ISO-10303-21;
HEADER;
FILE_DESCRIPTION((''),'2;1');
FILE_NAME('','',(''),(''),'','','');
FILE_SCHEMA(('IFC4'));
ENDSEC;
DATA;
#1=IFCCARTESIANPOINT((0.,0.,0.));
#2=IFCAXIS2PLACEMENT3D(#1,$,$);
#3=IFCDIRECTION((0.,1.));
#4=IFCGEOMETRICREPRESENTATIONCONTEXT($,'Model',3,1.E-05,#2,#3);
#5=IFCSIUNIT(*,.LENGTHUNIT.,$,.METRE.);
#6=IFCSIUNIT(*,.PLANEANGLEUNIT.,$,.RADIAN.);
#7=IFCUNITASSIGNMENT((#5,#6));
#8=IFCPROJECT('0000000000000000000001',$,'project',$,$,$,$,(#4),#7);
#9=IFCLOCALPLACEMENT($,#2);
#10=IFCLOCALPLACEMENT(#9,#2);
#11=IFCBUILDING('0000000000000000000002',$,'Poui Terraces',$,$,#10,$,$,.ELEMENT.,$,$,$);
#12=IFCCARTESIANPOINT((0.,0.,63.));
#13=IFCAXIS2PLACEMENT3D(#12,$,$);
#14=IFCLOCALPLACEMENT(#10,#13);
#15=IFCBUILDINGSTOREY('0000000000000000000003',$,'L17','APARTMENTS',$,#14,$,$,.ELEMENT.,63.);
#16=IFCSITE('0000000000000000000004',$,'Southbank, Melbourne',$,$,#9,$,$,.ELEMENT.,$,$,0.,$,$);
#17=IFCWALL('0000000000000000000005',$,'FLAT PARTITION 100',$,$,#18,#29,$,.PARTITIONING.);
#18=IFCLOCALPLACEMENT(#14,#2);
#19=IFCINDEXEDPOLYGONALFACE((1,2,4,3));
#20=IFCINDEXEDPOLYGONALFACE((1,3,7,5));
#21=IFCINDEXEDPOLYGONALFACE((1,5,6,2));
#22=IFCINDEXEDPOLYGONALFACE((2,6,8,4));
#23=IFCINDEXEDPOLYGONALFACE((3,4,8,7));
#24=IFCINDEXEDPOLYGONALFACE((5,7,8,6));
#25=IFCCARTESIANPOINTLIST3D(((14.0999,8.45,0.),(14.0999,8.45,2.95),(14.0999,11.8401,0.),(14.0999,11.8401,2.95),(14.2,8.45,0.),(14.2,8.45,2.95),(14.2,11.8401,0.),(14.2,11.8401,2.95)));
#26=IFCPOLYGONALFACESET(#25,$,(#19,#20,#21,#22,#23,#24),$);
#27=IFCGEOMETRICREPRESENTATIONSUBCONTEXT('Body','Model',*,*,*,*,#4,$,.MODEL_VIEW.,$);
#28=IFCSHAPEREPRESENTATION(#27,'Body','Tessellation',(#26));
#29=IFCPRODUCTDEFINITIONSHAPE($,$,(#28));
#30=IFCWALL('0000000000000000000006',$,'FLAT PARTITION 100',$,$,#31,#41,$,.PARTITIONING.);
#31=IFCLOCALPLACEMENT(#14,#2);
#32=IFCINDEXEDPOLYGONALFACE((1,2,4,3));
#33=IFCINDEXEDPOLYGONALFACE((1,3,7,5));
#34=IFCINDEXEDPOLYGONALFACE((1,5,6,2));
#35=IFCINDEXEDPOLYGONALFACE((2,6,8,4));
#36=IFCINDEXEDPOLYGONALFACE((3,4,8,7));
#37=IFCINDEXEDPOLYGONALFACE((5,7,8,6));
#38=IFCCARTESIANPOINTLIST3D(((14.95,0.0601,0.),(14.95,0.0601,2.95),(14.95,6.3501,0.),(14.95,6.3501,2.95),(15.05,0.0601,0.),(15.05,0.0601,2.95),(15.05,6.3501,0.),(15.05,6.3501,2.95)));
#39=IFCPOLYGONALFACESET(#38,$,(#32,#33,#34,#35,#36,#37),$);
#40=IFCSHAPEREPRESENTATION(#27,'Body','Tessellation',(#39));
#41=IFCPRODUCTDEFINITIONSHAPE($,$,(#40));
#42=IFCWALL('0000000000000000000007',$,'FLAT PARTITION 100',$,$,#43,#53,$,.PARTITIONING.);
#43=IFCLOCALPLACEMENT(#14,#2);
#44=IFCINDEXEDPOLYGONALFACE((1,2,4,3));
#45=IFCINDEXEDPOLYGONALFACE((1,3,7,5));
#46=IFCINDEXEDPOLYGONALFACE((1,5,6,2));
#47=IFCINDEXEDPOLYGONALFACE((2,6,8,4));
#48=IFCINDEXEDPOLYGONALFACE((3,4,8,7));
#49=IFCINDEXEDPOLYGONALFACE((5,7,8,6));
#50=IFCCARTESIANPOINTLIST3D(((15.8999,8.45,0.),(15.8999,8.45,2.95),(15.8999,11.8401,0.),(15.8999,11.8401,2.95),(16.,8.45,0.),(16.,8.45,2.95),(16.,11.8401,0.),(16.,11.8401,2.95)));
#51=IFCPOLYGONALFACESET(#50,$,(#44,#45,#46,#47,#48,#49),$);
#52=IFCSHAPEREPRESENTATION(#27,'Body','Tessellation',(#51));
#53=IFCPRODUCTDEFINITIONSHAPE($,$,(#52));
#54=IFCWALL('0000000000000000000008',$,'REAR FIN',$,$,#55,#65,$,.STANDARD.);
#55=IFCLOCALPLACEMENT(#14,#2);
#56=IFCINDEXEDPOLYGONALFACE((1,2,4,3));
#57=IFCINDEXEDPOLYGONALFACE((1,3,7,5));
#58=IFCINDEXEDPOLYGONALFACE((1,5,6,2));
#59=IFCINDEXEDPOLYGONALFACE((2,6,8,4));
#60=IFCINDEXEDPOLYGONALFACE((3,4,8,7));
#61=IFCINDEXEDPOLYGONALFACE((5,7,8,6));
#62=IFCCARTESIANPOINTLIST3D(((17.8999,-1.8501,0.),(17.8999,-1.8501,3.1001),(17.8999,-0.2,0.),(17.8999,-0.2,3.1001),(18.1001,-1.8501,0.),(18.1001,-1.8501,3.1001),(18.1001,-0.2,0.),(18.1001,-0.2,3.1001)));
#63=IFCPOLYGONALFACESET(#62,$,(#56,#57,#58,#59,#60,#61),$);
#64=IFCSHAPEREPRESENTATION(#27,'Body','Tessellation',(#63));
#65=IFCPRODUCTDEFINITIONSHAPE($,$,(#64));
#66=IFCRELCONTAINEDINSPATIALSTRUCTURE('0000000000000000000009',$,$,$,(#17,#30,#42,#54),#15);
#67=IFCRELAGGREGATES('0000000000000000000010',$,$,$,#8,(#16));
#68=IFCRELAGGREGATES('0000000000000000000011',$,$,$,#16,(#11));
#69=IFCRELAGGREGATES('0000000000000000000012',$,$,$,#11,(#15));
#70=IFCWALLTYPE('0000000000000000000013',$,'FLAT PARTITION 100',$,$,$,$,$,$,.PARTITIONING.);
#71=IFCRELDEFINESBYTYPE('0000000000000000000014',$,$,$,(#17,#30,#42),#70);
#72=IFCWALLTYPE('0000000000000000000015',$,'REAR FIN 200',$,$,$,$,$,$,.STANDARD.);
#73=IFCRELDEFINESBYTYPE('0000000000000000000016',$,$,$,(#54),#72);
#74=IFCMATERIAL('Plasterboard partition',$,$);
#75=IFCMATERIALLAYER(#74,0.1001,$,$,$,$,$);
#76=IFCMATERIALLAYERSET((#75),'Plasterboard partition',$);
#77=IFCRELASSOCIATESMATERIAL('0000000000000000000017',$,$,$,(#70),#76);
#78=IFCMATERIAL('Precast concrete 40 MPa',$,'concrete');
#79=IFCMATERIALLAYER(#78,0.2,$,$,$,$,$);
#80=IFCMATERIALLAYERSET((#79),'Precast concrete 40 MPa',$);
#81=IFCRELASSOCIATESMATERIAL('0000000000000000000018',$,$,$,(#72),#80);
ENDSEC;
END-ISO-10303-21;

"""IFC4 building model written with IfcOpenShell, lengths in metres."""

from ifc_helpers import new_model, si_unit, direction, frame, frame_2d, origin, place, context, subcontext, project, spatial, polyline, rectangle, outline, extrude, source, transform, mapped, material, layer, layer_set, type_object, element, save


model = new_model("IFC4")

# Units and contexts
model_context = context("Model", 3, precision=1e-05, world=origin(), true_north=direction((0.0, 1.0)))
body_context = subcontext(model_context, "Body", "Model", "MODEL_VIEW")
ifc_project = project(units=[si_unit("LENGTHUNIT", "METRE"), si_unit("PLANEANGLEUNIT", "RADIAN")], contexts=[model_context])

# Site, building, storey
site_placement = place(None, origin())
site = spatial("IfcSite", under=ifc_project, at=site_placement, Name="Southbank, Melbourne", CompositionType="ELEMENT", RefElevation=0.0)
building_placement = place(site_placement, origin())
building = spatial("IfcBuilding", under=site, at=building_placement, Name="Poui Terraces", CompositionType="ELEMENT")
storey_placement = place(building_placement, frame((0.0, 0.0, 63.0)))
storey = spatial("IfcBuildingStorey", under=building, at=storey_placement, Name="L17", Description="APARTMENTS", CompositionType="ELEMENT", Elevation=63.0)

# Shared definitions
ifc_material_1 = material(Name="Precast concrete 40 MPa", Category="concrete")

# Shared definitions
ifc_material_2 = material(Name="Plasterboard partition")
ifc_layer_1 = layer(ifc_material_2, 0.1001)
ifc_layer_set_1 = layer_set([ifc_layer_1], Name="Plasterboard partition")
wall_type_1 = type_object("IfcWallType", Name="FLAT PARTITION 100", PredefinedType="PARTITIONING", material=ifc_layer_set_1)

# Walls
wall_1_placement = place(storey_placement, frame((14.1499, 8.45, 0.0), z_axis=(0.0, 0.0, 1.0), x_axis=(0.0, 1.0, 0.0)))
element("IfcWall", 1, at=wall_1_placement, inside=storey, type_object=wall_type_1, Name="FLAT PARTITION 100", PredefinedType="PARTITIONING", context=body_context, shape_type="SweptSolid", body=[
    extrude(rectangle(XDim=3.3901, YDim=0.1001, at=frame_2d((1.6951, 0.0))), origin(), (0.0, 0.0, 1.0), 2.95),
])
wall_2_placement = place(storey_placement, frame((15.0, 0.0601, 0.0), z_axis=(0.0, 0.0, 1.0), x_axis=(0.0, 1.0, 0.0)))
element("IfcWall", 2, at=wall_2_placement, inside=storey, type_object=wall_type_1, Name="FLAT PARTITION 100", PredefinedType="PARTITIONING", context=body_context, shape_type="SweptSolid", body=[
    extrude(rectangle(XDim=6.29, YDim=0.1001, at=frame_2d((3.145, 0.0))), origin(), (0.0, 0.0, 1.0), 2.95),
])
wall_3_placement = place(storey_placement, frame((15.95, 8.45, 0.0), z_axis=(0.0, 0.0, 1.0), x_axis=(0.0, 1.0, 0.0)))
element("IfcWall", 3, at=wall_3_placement, inside=storey, type_object=wall_type_1, Name="FLAT PARTITION 100", PredefinedType="PARTITIONING", context=body_context, shape_type="SweptSolid", body=[
    extrude(rectangle(XDim=3.3901, YDim=0.1001, at=frame_2d((1.6951, 0.0))), origin(), (0.0, 0.0, 1.0), 2.95),
])
ifc_layer_2 = layer(ifc_material_1, 0.2)
ifc_layer_set_2 = layer_set([ifc_layer_2], Name="Precast concrete 40 MPa")
wall_type_2 = type_object("IfcWallType", Name="REAR FIN 200", PredefinedType="STANDARD", material=ifc_layer_set_2)
shared_shape_1 = source(origin(), body_context, "Body", "SweptSolid", [
    extrude(outline(polyline([(0.0, 0.0), (0.2002, 0.0), (0.2002, 1.6501), (0.0, 1.6501), (0.0, 0.0)])), origin(), (0.0, 0.0, 1.0), 3.1001),
])
wall_4_placement = place(storey_placement, frame((17.8999, -1.8501, 0.0)))
element("IfcWall", 4, at=wall_4_placement, inside=storey, type_object=wall_type_2, Name="REAR FIN", PredefinedType="STANDARD", context=body_context, shape_type="MappedRepresentation", body=[
    mapped(shared_shape_1, transform((0.0, 0.0, 0.0))),
])

save(model, "model.ifc")
